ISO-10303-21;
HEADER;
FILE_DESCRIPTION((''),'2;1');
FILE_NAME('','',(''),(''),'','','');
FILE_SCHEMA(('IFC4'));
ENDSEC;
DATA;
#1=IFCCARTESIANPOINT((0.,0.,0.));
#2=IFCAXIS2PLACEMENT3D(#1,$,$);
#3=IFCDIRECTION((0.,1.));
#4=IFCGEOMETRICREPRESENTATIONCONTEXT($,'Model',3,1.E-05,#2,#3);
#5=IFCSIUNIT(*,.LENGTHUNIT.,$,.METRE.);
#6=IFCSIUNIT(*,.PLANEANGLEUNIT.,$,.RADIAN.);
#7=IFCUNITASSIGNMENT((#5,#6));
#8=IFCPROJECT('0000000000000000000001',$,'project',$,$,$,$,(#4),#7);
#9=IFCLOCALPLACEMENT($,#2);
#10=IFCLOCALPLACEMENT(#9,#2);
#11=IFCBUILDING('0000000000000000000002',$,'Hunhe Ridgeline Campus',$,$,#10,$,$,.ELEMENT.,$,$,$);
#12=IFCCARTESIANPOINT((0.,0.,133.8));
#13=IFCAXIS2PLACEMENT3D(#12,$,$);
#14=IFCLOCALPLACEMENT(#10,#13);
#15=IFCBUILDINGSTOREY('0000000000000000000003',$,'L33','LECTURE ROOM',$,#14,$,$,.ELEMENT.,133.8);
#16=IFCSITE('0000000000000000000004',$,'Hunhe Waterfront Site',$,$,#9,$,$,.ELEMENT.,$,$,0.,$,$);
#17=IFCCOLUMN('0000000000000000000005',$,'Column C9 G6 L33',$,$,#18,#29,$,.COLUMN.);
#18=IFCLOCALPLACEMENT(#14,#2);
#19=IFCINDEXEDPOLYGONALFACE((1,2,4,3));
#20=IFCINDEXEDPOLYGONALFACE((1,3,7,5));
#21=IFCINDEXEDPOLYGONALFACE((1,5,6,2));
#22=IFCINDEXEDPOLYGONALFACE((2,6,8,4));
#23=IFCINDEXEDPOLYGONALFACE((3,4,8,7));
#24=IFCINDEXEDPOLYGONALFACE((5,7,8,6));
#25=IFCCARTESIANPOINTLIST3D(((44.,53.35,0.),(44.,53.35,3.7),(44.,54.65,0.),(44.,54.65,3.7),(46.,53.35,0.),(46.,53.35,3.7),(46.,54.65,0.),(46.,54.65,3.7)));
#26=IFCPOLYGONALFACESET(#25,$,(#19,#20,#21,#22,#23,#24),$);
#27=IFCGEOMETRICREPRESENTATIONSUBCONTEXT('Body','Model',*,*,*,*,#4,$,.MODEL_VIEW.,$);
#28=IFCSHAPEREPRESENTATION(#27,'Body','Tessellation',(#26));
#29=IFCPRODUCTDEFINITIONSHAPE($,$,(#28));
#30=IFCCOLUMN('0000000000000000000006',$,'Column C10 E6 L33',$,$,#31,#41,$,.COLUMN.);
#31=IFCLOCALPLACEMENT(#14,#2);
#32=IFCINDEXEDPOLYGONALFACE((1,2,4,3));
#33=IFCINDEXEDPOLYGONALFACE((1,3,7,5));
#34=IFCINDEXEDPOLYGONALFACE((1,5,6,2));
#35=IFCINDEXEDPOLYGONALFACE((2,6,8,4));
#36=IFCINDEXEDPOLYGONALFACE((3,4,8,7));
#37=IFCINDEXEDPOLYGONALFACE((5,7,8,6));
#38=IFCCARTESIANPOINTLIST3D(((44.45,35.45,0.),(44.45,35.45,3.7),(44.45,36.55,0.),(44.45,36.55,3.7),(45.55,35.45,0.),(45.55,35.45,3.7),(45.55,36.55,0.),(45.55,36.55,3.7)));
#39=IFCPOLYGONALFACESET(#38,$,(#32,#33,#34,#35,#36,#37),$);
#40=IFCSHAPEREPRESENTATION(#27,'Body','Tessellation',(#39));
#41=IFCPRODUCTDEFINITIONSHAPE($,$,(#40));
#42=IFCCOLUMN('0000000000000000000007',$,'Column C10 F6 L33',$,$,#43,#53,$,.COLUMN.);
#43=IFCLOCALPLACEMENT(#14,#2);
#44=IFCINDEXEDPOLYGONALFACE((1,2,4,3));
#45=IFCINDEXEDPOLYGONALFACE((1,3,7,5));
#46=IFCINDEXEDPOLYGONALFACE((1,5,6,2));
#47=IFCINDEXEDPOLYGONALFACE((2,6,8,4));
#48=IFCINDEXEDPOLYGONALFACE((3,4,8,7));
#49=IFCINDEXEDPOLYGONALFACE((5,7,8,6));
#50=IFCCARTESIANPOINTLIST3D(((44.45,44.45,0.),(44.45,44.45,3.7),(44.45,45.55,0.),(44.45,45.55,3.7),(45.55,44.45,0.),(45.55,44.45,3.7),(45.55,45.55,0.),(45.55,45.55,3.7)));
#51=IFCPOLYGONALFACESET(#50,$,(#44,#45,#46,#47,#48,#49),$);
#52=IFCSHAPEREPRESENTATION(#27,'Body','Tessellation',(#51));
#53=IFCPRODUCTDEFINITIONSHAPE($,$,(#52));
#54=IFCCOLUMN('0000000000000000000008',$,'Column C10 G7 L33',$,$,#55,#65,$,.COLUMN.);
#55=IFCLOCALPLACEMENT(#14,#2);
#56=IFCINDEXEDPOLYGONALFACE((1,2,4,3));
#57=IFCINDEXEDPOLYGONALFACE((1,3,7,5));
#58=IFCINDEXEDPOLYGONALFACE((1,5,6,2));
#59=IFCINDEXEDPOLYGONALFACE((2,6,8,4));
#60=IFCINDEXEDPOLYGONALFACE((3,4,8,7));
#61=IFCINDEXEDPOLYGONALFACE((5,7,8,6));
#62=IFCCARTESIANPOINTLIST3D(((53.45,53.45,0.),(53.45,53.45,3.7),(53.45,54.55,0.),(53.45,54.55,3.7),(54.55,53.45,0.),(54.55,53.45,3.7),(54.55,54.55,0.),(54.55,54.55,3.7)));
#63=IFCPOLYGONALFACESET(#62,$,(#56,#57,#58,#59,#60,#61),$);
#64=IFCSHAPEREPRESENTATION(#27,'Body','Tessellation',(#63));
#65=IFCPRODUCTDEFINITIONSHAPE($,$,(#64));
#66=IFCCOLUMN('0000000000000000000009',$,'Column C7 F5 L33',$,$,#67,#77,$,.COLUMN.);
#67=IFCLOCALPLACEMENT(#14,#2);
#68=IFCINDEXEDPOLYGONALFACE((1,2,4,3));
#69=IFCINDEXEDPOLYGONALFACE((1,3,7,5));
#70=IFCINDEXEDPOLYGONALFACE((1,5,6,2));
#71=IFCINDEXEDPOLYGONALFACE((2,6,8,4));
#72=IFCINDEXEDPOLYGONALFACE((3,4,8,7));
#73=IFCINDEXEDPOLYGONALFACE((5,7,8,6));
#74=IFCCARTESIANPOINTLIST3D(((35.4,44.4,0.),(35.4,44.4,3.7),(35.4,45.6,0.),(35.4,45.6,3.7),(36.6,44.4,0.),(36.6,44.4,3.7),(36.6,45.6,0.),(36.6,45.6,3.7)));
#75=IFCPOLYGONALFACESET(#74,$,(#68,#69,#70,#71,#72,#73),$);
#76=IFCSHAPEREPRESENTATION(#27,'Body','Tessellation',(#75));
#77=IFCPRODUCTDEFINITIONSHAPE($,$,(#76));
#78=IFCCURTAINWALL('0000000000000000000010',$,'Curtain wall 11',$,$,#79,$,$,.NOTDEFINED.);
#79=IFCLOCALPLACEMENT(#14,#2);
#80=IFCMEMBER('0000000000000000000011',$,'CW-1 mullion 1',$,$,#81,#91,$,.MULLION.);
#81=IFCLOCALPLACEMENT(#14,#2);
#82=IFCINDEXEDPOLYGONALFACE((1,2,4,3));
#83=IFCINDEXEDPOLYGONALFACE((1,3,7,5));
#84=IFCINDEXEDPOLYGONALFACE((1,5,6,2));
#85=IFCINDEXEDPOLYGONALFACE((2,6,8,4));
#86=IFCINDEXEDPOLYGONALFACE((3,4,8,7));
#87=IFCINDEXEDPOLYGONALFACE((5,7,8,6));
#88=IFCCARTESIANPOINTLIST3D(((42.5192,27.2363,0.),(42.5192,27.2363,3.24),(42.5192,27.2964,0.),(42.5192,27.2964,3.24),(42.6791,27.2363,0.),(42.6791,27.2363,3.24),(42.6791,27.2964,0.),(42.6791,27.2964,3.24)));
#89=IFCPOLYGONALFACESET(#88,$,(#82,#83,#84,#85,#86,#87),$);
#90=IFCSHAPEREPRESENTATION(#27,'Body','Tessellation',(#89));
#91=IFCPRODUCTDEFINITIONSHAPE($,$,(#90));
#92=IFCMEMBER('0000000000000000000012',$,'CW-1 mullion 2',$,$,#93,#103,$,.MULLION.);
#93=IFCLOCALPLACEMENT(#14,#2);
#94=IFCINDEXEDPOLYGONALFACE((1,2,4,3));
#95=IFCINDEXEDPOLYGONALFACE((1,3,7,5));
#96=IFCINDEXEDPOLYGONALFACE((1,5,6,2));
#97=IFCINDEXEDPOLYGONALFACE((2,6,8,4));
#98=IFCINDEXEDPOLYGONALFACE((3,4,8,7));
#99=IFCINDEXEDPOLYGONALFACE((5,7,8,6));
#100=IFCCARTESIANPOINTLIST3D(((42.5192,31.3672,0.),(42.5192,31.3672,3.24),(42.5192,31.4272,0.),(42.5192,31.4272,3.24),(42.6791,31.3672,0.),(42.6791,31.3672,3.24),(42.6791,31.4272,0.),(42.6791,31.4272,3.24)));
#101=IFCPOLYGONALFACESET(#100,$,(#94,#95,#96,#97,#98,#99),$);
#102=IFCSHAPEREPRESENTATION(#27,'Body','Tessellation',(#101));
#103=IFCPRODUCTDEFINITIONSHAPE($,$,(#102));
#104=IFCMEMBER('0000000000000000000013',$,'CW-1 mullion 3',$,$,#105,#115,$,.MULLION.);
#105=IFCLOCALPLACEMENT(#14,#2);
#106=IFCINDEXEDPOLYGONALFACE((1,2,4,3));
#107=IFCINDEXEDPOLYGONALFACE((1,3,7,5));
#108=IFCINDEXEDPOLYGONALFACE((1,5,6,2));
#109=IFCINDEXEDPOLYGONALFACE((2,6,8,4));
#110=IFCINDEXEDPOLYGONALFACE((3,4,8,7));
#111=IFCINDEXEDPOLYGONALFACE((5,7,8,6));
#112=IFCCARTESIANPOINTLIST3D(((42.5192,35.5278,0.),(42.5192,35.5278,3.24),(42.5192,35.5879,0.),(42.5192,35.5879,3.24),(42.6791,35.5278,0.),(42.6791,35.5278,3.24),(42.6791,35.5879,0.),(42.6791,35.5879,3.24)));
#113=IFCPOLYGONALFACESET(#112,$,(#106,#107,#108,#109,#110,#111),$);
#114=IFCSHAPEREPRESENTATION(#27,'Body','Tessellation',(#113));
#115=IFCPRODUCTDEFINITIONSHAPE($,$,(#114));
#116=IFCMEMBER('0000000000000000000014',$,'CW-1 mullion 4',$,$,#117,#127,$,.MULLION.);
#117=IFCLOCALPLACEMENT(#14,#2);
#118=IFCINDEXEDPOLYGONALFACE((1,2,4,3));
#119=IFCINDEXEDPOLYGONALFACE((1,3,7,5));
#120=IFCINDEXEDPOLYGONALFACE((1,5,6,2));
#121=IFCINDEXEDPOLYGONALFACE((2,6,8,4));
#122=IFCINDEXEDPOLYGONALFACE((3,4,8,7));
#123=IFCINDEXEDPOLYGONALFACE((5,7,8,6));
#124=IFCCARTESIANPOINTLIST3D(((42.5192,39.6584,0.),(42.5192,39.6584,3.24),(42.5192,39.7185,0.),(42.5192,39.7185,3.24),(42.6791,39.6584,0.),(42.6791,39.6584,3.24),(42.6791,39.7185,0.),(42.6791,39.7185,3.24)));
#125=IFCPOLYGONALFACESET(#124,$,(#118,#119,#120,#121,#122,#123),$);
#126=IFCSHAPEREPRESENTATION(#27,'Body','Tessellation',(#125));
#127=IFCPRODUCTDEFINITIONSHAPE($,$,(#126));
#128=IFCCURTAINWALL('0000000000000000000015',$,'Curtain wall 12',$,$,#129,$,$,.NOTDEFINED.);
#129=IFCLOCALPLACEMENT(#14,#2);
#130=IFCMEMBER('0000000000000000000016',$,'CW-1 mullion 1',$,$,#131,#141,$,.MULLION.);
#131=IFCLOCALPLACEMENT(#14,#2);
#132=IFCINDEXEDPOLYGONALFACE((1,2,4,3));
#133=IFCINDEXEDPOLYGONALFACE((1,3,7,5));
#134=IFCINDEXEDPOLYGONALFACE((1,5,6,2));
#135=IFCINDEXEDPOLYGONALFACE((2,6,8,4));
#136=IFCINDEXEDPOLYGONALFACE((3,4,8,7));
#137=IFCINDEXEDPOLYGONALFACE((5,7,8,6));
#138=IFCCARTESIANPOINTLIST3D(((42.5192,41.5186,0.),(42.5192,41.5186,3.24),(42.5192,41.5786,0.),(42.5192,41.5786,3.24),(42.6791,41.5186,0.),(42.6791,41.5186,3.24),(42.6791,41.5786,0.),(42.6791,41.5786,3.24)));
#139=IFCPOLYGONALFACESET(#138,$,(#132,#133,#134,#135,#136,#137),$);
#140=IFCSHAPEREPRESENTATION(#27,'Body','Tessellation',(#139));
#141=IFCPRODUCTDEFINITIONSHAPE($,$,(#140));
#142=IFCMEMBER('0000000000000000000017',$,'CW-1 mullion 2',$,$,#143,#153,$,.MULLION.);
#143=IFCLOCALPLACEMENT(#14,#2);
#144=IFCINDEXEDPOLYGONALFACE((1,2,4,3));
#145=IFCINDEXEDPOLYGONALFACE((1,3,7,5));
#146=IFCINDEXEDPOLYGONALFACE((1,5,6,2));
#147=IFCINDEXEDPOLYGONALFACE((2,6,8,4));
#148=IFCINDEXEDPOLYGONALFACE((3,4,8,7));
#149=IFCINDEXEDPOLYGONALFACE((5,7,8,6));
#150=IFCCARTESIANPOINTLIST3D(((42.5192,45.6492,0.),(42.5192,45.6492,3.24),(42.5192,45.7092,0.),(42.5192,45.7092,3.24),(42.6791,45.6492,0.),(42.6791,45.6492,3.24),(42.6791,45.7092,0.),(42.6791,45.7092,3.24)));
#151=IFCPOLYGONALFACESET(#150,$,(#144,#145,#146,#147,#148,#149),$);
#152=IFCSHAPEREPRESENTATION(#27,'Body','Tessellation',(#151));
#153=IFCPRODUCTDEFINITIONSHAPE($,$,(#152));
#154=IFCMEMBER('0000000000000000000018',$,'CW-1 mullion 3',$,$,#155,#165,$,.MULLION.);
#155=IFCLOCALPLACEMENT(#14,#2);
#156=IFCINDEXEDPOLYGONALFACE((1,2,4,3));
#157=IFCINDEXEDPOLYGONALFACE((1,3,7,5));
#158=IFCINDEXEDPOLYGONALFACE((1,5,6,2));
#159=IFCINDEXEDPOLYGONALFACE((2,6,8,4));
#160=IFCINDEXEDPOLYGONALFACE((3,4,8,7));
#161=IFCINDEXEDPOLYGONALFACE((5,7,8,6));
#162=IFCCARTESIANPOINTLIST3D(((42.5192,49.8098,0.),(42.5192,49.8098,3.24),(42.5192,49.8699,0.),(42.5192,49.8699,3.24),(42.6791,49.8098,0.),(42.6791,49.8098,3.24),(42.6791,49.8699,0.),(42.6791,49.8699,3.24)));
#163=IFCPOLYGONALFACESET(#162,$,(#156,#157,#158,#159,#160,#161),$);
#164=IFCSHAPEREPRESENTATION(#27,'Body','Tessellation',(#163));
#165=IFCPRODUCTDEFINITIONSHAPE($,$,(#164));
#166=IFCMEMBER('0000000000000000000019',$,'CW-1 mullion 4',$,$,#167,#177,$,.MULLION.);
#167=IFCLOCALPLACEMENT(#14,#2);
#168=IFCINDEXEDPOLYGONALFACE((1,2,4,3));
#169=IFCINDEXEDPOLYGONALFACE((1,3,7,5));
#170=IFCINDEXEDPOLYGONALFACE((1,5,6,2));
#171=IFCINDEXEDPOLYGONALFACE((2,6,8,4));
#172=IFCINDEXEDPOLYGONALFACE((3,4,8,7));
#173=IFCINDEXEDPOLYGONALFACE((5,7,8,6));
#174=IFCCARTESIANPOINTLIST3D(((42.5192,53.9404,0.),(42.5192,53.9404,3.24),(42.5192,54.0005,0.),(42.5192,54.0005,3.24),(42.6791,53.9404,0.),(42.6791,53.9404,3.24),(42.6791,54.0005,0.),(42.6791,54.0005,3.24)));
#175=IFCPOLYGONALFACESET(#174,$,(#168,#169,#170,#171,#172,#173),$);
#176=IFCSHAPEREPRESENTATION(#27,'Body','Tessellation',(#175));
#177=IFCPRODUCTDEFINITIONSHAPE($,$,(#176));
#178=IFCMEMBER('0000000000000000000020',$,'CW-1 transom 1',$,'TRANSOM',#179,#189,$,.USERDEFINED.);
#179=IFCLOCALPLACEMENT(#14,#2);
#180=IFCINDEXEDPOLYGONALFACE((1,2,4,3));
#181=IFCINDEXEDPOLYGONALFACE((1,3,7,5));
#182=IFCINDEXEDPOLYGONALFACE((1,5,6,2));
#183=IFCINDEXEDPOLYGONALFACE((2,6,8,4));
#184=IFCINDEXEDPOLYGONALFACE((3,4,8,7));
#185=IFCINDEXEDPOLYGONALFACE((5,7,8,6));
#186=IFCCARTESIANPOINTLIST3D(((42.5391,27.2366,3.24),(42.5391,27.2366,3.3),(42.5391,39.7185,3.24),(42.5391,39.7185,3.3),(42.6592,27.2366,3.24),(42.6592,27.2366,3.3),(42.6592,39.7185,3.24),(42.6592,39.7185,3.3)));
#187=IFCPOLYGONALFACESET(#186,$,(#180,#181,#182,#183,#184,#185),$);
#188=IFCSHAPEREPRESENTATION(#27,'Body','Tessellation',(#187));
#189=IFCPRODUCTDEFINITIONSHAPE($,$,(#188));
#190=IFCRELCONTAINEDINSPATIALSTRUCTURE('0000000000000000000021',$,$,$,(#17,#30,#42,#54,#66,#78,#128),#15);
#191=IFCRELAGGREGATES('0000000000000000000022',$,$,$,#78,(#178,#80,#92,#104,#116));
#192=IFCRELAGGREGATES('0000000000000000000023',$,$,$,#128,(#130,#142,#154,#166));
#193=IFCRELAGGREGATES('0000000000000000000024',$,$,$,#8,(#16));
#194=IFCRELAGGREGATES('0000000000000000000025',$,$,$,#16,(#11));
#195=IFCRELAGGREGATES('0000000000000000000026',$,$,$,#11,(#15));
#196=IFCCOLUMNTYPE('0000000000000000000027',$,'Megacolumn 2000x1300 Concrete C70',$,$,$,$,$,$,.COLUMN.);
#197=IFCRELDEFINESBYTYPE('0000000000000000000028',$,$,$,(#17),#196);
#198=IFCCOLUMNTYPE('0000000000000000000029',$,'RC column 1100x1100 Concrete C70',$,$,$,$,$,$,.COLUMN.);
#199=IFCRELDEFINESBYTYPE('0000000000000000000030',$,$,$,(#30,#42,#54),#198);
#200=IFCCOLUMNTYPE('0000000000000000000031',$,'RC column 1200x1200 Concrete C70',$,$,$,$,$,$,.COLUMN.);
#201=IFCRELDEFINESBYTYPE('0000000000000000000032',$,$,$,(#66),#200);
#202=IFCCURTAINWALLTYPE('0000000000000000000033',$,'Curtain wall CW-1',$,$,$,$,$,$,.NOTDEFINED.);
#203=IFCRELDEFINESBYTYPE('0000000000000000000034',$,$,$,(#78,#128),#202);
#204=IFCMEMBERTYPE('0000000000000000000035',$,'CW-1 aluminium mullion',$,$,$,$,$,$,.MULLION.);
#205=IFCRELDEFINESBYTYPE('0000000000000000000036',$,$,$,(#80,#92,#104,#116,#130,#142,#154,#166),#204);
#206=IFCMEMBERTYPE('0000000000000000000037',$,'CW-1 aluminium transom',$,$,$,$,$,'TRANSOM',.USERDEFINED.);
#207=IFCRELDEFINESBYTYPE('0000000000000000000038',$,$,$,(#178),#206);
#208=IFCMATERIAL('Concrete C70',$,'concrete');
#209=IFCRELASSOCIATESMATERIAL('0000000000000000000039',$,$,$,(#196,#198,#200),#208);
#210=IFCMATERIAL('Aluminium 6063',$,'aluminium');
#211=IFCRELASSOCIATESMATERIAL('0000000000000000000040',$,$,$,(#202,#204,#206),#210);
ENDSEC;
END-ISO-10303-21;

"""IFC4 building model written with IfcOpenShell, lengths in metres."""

from ifc_helpers import new_model, si_unit, direction, frame, origin, origin_2d, place, context, subcontext, project, spatial, rectangle, extrude, material, material_profile, profile_set, type_object, element, aggregate, save


model = new_model("IFC4")

# Units and contexts
model_context = context("Model", 3, precision=1e-05, world=origin(), true_north=direction((0.0, 1.0)))
body_context = subcontext(model_context, "Body", "Model", "MODEL_VIEW")
ifc_project = project(units=[si_unit("LENGTHUNIT", "METRE"), si_unit("PLANEANGLEUNIT", "RADIAN")], contexts=[model_context])

# Site, building, storey
site_placement = place(None, origin())
site = spatial("IfcSite", under=ifc_project, at=site_placement, Name="Hunhe Waterfront Site", CompositionType="ELEMENT", RefElevation=0.0)
building_placement = place(site_placement, origin())
building = spatial("IfcBuilding", under=site, at=building_placement, Name="Hunhe Ridgeline Campus", CompositionType="ELEMENT")
storey_placement = place(building_placement, frame((0.0, 0.0, 133.8)))
storey = spatial("IfcBuildingStorey", under=building, at=storey_placement, Name="L33", Description="LECTURE ROOM", CompositionType="ELEMENT", Elevation=133.8)

# Columns
ifc_material_1 = material(Name="Concrete C70", Category="concrete")
ifc_material_profile_1 = material_profile(ifc_material_1, rectangle(XDim=2.0, YDim=1.3, at=origin_2d()))
ifc_profile_set_1 = profile_set([ifc_material_profile_1], Name="Concrete C70")
column_type_1 = type_object("IfcColumnType", Name="Megacolumn 2000x1300 Concrete C70", PredefinedType="COLUMN", material=ifc_profile_set_1)
column_1_placement = place(storey_placement, frame((45.0, 54.0, 0.0), z_axis=(0.0, 0.0, 1.0), x_axis=(1.0, 0.0, 0.0)))
element("IfcColumn", 1, at=column_1_placement, inside=storey, type_object=column_type_1, Name="Column C9 G6 L33", PredefinedType="COLUMN", context=body_context, shape_type="SweptSolid", body=[
    extrude(rectangle(XDim=2.0, YDim=1.3, at=origin_2d()), origin(), (0.0, 0.0, 1.0), 3.7),
])
ifc_material_profile_2 = material_profile(ifc_material_1, rectangle(XDim=1.1001, YDim=1.1001, at=origin_2d()))
ifc_profile_set_2 = profile_set([ifc_material_profile_2], Name="Concrete C70")
column_type_2 = type_object("IfcColumnType", Name="RC column 1100x1100 Concrete C70", PredefinedType="COLUMN", material=ifc_profile_set_2)
for number, where, z_axis, x_axis, name in (
    (2, (45.0, 36.0, 0.0), (0.0, 0.0, 1.0), (1.0, 0.0, 0.0), "Column C10 E6 L33"),
    (3, (45.0, 45.0, 0.0), (0.0, 0.0, 1.0), (1.0, 0.0, 0.0), "Column C10 F6 L33"),
    (4, (54.0, 54.0, 0.0), (0.0, 0.0, 1.0), (1.0, 0.0, 0.0), "Column C10 G7 L33"),
):
    element("IfcColumn", number, at=place(storey_placement, frame(where, z_axis=z_axis, x_axis=x_axis)), inside=storey, type_object=column_type_2, Name=name, PredefinedType="COLUMN", context=body_context, shape_type="SweptSolid", body=[
        extrude(rectangle(XDim=1.1001, YDim=1.1001, at=origin_2d()), origin(), (0.0, 0.0, 1.0), 3.7),
    ])
ifc_material_profile_3 = material_profile(ifc_material_1, rectangle(XDim=1.2, YDim=1.2, at=origin_2d()))
ifc_profile_set_3 = profile_set([ifc_material_profile_3], Name="Concrete C70")
column_type_3 = type_object("IfcColumnType", Name="RC column 1200x1200 Concrete C70", PredefinedType="COLUMN", material=ifc_profile_set_3)
column_2_placement = place(storey_placement, frame((36.0, 45.0, 0.0), z_axis=(0.0, 0.0, 1.0), x_axis=(1.0, 0.0, 0.0)))
element("IfcColumn", 5, at=column_2_placement, inside=storey, type_object=column_type_3, Name="Column C7 F5 L33", PredefinedType="COLUMN", context=body_context, shape_type="SweptSolid", body=[
    extrude(rectangle(XDim=1.2, YDim=1.2, at=origin_2d()), origin(), (0.0, 0.0, 1.0), 3.7),
])

# Curtain walls, members
ifc_material_2 = material(Name="Aluminium 6063", Category="aluminium")
curtain_wall_type = type_object("IfcCurtainWallType", Name="Curtain wall CW-1", PredefinedType="NOTDEFINED", material=ifc_material_2)
curtain_wall_1_placement = place(storey_placement, origin())
curtain_wall_1 = element("IfcCurtainWall", 6, at=curtain_wall_1_placement, inside=storey, type_object=curtain_wall_type, Name="Curtain wall 11", PredefinedType="NOTDEFINED")
ifc_material_profile_4 = material_profile(ifc_material_2, rectangle(XDim=0.1599, YDim=0.0601, at=origin_2d()))
ifc_profile_set_4 = profile_set([ifc_material_profile_4], Name="Aluminium 6063")
member_type_1 = type_object("IfcMemberType", Name="CW-1 aluminium mullion", PredefinedType="MULLION", material=ifc_profile_set_4)
member_1_placement = place(storey_placement, frame((42.5991, 27.2664, 0.0), z_axis=(0.0, 0.0, 1.0), x_axis=(-1.0, 0.000004, 0.0)))
member_1 = element("IfcMember", 7, at=member_1_placement, type_object=member_type_1, Name="CW-1 mullion 1", PredefinedType="MULLION", context=body_context, shape_type="SweptSolid", body=[
    extrude(rectangle(XDim=0.1599, YDim=0.0601, at=origin_2d()), origin(), (0.0, 0.0, 1.0), 3.24),
])
member_2_placement = place(storey_placement, frame((42.5991, 31.3972, 0.0), z_axis=(0.0, 0.0, 1.0), x_axis=(-1.0, 0.000004, 0.0)))
member_2 = element("IfcMember", 8, at=member_2_placement, type_object=member_type_1, Name="CW-1 mullion 2", PredefinedType="MULLION", context=body_context, shape_type="SweptSolid", body=[
    extrude(rectangle(XDim=0.1599, YDim=0.0601, at=origin_2d()), origin(), (0.0, 0.0, 1.0), 3.24),
])
member_3_placement = place(storey_placement, frame((42.5991, 35.5579, 0.0), z_axis=(0.0, 0.0, 1.0), x_axis=(-1.0, 0.000004, 0.0)))
member_3 = element("IfcMember", 9, at=member_3_placement, type_object=member_type_1, Name="CW-1 mullion 3", PredefinedType="MULLION", context=body_context, shape_type="SweptSolid", body=[
    extrude(rectangle(XDim=0.1599, YDim=0.0601, at=origin_2d()), origin(), (0.0, 0.0, 1.0), 3.24),
])
member_4_placement = place(storey_placement, frame((42.5991, 39.6885, 0.0), z_axis=(0.0, 0.0, 1.0), x_axis=(-1.0, 0.000004, 0.0)))
member_4 = element("IfcMember", 10, at=member_4_placement, type_object=member_type_1, Name="CW-1 mullion 4", PredefinedType="MULLION", context=body_context, shape_type="SweptSolid", body=[
    extrude(rectangle(XDim=0.1599, YDim=0.0601, at=origin_2d()), origin(), (0.0, 0.0, 1.0), 3.24),
])
curtain_wall_2_placement = place(storey_placement, origin())
curtain_wall_2 = element("IfcCurtainWall", 11, at=curtain_wall_2_placement, inside=storey, type_object=curtain_wall_type, Name="Curtain wall 12", PredefinedType="NOTDEFINED")
member_5_placement = place(storey_placement, frame((42.5991, 41.5486, 0.0), z_axis=(0.0, 0.0, 1.0), x_axis=(-1.0, 0.000004, 0.0)))
member_5 = element("IfcMember", 12, at=member_5_placement, type_object=member_type_1, Name="CW-1 mullion 1", PredefinedType="MULLION", context=body_context, shape_type="SweptSolid", body=[
    extrude(rectangle(XDim=0.1599, YDim=0.0601, at=origin_2d()), origin(), (0.0, 0.0, 1.0), 3.24),
])
member_6_placement = place(storey_placement, frame((42.5991, 45.6792, 0.0), z_axis=(0.0, 0.0, 1.0), x_axis=(-1.0, 0.000004, 0.0)))
member_6 = element("IfcMember", 13, at=member_6_placement, type_object=member_type_1, Name="CW-1 mullion 2", PredefinedType="MULLION", context=body_context, shape_type="SweptSolid", body=[
    extrude(rectangle(XDim=0.1599, YDim=0.0601, at=origin_2d()), origin(), (0.0, 0.0, 1.0), 3.24),
])
member_7_placement = place(storey_placement, frame((42.5991, 49.8398, 0.0), z_axis=(0.0, 0.0, 1.0), x_axis=(-1.0, 0.000004, 0.0)))
member_7 = element("IfcMember", 14, at=member_7_placement, type_object=member_type_1, Name="CW-1 mullion 3", PredefinedType="MULLION", context=body_context, shape_type="SweptSolid", body=[
    extrude(rectangle(XDim=0.1599, YDim=0.0601, at=origin_2d()), origin(), (0.0, 0.0, 1.0), 3.24),
])
member_8_placement = place(storey_placement, frame((42.5991, 53.9705, 0.0), z_axis=(0.0, 0.0, 1.0), x_axis=(-1.0, 0.000004, 0.0)))
member_8 = element("IfcMember", 15, at=member_8_placement, type_object=member_type_1, Name="CW-1 mullion 4", PredefinedType="MULLION", context=body_context, shape_type="SweptSolid", body=[
    extrude(rectangle(XDim=0.1599, YDim=0.0601, at=origin_2d()), origin(), (0.0, 0.0, 1.0), 3.24),
])

# Member
ifc_material_profile_5 = material_profile(ifc_material_2, rectangle(XDim=0.1201, YDim=0.0601, at=origin_2d()))
ifc_profile_set_5 = profile_set([ifc_material_profile_5], Name="Aluminium 6063")
member_type_2 = type_object("IfcMemberType", Name="CW-1 aluminium transom", ElementType="TRANSOM", PredefinedType="USERDEFINED", material=ifc_profile_set_5)
member_9_placement = place(storey_placement, frame((42.5991, 27.2366, 3.27), z_axis=(0.0, 1.0, 0.0), x_axis=(-1.0, 0.0, 0.0)))
member_9 = element("IfcMember", 16, at=member_9_placement, type_object=member_type_2, Name="CW-1 transom 1", ObjectType="TRANSOM", PredefinedType="USERDEFINED", context=body_context, shape_type="SweptSolid", body=[
    extrude(rectangle(XDim=0.1201, YDim=0.0601, at=origin_2d()), origin(), (0.0, 0.0, 1.0), 12.4819),
])

aggregate(curtain_wall_1, [member_9, member_1, member_2, member_3, member_4])
aggregate(curtain_wall_2, [member_5, member_6, member_7, member_8])

save(model, "model.ifc")
